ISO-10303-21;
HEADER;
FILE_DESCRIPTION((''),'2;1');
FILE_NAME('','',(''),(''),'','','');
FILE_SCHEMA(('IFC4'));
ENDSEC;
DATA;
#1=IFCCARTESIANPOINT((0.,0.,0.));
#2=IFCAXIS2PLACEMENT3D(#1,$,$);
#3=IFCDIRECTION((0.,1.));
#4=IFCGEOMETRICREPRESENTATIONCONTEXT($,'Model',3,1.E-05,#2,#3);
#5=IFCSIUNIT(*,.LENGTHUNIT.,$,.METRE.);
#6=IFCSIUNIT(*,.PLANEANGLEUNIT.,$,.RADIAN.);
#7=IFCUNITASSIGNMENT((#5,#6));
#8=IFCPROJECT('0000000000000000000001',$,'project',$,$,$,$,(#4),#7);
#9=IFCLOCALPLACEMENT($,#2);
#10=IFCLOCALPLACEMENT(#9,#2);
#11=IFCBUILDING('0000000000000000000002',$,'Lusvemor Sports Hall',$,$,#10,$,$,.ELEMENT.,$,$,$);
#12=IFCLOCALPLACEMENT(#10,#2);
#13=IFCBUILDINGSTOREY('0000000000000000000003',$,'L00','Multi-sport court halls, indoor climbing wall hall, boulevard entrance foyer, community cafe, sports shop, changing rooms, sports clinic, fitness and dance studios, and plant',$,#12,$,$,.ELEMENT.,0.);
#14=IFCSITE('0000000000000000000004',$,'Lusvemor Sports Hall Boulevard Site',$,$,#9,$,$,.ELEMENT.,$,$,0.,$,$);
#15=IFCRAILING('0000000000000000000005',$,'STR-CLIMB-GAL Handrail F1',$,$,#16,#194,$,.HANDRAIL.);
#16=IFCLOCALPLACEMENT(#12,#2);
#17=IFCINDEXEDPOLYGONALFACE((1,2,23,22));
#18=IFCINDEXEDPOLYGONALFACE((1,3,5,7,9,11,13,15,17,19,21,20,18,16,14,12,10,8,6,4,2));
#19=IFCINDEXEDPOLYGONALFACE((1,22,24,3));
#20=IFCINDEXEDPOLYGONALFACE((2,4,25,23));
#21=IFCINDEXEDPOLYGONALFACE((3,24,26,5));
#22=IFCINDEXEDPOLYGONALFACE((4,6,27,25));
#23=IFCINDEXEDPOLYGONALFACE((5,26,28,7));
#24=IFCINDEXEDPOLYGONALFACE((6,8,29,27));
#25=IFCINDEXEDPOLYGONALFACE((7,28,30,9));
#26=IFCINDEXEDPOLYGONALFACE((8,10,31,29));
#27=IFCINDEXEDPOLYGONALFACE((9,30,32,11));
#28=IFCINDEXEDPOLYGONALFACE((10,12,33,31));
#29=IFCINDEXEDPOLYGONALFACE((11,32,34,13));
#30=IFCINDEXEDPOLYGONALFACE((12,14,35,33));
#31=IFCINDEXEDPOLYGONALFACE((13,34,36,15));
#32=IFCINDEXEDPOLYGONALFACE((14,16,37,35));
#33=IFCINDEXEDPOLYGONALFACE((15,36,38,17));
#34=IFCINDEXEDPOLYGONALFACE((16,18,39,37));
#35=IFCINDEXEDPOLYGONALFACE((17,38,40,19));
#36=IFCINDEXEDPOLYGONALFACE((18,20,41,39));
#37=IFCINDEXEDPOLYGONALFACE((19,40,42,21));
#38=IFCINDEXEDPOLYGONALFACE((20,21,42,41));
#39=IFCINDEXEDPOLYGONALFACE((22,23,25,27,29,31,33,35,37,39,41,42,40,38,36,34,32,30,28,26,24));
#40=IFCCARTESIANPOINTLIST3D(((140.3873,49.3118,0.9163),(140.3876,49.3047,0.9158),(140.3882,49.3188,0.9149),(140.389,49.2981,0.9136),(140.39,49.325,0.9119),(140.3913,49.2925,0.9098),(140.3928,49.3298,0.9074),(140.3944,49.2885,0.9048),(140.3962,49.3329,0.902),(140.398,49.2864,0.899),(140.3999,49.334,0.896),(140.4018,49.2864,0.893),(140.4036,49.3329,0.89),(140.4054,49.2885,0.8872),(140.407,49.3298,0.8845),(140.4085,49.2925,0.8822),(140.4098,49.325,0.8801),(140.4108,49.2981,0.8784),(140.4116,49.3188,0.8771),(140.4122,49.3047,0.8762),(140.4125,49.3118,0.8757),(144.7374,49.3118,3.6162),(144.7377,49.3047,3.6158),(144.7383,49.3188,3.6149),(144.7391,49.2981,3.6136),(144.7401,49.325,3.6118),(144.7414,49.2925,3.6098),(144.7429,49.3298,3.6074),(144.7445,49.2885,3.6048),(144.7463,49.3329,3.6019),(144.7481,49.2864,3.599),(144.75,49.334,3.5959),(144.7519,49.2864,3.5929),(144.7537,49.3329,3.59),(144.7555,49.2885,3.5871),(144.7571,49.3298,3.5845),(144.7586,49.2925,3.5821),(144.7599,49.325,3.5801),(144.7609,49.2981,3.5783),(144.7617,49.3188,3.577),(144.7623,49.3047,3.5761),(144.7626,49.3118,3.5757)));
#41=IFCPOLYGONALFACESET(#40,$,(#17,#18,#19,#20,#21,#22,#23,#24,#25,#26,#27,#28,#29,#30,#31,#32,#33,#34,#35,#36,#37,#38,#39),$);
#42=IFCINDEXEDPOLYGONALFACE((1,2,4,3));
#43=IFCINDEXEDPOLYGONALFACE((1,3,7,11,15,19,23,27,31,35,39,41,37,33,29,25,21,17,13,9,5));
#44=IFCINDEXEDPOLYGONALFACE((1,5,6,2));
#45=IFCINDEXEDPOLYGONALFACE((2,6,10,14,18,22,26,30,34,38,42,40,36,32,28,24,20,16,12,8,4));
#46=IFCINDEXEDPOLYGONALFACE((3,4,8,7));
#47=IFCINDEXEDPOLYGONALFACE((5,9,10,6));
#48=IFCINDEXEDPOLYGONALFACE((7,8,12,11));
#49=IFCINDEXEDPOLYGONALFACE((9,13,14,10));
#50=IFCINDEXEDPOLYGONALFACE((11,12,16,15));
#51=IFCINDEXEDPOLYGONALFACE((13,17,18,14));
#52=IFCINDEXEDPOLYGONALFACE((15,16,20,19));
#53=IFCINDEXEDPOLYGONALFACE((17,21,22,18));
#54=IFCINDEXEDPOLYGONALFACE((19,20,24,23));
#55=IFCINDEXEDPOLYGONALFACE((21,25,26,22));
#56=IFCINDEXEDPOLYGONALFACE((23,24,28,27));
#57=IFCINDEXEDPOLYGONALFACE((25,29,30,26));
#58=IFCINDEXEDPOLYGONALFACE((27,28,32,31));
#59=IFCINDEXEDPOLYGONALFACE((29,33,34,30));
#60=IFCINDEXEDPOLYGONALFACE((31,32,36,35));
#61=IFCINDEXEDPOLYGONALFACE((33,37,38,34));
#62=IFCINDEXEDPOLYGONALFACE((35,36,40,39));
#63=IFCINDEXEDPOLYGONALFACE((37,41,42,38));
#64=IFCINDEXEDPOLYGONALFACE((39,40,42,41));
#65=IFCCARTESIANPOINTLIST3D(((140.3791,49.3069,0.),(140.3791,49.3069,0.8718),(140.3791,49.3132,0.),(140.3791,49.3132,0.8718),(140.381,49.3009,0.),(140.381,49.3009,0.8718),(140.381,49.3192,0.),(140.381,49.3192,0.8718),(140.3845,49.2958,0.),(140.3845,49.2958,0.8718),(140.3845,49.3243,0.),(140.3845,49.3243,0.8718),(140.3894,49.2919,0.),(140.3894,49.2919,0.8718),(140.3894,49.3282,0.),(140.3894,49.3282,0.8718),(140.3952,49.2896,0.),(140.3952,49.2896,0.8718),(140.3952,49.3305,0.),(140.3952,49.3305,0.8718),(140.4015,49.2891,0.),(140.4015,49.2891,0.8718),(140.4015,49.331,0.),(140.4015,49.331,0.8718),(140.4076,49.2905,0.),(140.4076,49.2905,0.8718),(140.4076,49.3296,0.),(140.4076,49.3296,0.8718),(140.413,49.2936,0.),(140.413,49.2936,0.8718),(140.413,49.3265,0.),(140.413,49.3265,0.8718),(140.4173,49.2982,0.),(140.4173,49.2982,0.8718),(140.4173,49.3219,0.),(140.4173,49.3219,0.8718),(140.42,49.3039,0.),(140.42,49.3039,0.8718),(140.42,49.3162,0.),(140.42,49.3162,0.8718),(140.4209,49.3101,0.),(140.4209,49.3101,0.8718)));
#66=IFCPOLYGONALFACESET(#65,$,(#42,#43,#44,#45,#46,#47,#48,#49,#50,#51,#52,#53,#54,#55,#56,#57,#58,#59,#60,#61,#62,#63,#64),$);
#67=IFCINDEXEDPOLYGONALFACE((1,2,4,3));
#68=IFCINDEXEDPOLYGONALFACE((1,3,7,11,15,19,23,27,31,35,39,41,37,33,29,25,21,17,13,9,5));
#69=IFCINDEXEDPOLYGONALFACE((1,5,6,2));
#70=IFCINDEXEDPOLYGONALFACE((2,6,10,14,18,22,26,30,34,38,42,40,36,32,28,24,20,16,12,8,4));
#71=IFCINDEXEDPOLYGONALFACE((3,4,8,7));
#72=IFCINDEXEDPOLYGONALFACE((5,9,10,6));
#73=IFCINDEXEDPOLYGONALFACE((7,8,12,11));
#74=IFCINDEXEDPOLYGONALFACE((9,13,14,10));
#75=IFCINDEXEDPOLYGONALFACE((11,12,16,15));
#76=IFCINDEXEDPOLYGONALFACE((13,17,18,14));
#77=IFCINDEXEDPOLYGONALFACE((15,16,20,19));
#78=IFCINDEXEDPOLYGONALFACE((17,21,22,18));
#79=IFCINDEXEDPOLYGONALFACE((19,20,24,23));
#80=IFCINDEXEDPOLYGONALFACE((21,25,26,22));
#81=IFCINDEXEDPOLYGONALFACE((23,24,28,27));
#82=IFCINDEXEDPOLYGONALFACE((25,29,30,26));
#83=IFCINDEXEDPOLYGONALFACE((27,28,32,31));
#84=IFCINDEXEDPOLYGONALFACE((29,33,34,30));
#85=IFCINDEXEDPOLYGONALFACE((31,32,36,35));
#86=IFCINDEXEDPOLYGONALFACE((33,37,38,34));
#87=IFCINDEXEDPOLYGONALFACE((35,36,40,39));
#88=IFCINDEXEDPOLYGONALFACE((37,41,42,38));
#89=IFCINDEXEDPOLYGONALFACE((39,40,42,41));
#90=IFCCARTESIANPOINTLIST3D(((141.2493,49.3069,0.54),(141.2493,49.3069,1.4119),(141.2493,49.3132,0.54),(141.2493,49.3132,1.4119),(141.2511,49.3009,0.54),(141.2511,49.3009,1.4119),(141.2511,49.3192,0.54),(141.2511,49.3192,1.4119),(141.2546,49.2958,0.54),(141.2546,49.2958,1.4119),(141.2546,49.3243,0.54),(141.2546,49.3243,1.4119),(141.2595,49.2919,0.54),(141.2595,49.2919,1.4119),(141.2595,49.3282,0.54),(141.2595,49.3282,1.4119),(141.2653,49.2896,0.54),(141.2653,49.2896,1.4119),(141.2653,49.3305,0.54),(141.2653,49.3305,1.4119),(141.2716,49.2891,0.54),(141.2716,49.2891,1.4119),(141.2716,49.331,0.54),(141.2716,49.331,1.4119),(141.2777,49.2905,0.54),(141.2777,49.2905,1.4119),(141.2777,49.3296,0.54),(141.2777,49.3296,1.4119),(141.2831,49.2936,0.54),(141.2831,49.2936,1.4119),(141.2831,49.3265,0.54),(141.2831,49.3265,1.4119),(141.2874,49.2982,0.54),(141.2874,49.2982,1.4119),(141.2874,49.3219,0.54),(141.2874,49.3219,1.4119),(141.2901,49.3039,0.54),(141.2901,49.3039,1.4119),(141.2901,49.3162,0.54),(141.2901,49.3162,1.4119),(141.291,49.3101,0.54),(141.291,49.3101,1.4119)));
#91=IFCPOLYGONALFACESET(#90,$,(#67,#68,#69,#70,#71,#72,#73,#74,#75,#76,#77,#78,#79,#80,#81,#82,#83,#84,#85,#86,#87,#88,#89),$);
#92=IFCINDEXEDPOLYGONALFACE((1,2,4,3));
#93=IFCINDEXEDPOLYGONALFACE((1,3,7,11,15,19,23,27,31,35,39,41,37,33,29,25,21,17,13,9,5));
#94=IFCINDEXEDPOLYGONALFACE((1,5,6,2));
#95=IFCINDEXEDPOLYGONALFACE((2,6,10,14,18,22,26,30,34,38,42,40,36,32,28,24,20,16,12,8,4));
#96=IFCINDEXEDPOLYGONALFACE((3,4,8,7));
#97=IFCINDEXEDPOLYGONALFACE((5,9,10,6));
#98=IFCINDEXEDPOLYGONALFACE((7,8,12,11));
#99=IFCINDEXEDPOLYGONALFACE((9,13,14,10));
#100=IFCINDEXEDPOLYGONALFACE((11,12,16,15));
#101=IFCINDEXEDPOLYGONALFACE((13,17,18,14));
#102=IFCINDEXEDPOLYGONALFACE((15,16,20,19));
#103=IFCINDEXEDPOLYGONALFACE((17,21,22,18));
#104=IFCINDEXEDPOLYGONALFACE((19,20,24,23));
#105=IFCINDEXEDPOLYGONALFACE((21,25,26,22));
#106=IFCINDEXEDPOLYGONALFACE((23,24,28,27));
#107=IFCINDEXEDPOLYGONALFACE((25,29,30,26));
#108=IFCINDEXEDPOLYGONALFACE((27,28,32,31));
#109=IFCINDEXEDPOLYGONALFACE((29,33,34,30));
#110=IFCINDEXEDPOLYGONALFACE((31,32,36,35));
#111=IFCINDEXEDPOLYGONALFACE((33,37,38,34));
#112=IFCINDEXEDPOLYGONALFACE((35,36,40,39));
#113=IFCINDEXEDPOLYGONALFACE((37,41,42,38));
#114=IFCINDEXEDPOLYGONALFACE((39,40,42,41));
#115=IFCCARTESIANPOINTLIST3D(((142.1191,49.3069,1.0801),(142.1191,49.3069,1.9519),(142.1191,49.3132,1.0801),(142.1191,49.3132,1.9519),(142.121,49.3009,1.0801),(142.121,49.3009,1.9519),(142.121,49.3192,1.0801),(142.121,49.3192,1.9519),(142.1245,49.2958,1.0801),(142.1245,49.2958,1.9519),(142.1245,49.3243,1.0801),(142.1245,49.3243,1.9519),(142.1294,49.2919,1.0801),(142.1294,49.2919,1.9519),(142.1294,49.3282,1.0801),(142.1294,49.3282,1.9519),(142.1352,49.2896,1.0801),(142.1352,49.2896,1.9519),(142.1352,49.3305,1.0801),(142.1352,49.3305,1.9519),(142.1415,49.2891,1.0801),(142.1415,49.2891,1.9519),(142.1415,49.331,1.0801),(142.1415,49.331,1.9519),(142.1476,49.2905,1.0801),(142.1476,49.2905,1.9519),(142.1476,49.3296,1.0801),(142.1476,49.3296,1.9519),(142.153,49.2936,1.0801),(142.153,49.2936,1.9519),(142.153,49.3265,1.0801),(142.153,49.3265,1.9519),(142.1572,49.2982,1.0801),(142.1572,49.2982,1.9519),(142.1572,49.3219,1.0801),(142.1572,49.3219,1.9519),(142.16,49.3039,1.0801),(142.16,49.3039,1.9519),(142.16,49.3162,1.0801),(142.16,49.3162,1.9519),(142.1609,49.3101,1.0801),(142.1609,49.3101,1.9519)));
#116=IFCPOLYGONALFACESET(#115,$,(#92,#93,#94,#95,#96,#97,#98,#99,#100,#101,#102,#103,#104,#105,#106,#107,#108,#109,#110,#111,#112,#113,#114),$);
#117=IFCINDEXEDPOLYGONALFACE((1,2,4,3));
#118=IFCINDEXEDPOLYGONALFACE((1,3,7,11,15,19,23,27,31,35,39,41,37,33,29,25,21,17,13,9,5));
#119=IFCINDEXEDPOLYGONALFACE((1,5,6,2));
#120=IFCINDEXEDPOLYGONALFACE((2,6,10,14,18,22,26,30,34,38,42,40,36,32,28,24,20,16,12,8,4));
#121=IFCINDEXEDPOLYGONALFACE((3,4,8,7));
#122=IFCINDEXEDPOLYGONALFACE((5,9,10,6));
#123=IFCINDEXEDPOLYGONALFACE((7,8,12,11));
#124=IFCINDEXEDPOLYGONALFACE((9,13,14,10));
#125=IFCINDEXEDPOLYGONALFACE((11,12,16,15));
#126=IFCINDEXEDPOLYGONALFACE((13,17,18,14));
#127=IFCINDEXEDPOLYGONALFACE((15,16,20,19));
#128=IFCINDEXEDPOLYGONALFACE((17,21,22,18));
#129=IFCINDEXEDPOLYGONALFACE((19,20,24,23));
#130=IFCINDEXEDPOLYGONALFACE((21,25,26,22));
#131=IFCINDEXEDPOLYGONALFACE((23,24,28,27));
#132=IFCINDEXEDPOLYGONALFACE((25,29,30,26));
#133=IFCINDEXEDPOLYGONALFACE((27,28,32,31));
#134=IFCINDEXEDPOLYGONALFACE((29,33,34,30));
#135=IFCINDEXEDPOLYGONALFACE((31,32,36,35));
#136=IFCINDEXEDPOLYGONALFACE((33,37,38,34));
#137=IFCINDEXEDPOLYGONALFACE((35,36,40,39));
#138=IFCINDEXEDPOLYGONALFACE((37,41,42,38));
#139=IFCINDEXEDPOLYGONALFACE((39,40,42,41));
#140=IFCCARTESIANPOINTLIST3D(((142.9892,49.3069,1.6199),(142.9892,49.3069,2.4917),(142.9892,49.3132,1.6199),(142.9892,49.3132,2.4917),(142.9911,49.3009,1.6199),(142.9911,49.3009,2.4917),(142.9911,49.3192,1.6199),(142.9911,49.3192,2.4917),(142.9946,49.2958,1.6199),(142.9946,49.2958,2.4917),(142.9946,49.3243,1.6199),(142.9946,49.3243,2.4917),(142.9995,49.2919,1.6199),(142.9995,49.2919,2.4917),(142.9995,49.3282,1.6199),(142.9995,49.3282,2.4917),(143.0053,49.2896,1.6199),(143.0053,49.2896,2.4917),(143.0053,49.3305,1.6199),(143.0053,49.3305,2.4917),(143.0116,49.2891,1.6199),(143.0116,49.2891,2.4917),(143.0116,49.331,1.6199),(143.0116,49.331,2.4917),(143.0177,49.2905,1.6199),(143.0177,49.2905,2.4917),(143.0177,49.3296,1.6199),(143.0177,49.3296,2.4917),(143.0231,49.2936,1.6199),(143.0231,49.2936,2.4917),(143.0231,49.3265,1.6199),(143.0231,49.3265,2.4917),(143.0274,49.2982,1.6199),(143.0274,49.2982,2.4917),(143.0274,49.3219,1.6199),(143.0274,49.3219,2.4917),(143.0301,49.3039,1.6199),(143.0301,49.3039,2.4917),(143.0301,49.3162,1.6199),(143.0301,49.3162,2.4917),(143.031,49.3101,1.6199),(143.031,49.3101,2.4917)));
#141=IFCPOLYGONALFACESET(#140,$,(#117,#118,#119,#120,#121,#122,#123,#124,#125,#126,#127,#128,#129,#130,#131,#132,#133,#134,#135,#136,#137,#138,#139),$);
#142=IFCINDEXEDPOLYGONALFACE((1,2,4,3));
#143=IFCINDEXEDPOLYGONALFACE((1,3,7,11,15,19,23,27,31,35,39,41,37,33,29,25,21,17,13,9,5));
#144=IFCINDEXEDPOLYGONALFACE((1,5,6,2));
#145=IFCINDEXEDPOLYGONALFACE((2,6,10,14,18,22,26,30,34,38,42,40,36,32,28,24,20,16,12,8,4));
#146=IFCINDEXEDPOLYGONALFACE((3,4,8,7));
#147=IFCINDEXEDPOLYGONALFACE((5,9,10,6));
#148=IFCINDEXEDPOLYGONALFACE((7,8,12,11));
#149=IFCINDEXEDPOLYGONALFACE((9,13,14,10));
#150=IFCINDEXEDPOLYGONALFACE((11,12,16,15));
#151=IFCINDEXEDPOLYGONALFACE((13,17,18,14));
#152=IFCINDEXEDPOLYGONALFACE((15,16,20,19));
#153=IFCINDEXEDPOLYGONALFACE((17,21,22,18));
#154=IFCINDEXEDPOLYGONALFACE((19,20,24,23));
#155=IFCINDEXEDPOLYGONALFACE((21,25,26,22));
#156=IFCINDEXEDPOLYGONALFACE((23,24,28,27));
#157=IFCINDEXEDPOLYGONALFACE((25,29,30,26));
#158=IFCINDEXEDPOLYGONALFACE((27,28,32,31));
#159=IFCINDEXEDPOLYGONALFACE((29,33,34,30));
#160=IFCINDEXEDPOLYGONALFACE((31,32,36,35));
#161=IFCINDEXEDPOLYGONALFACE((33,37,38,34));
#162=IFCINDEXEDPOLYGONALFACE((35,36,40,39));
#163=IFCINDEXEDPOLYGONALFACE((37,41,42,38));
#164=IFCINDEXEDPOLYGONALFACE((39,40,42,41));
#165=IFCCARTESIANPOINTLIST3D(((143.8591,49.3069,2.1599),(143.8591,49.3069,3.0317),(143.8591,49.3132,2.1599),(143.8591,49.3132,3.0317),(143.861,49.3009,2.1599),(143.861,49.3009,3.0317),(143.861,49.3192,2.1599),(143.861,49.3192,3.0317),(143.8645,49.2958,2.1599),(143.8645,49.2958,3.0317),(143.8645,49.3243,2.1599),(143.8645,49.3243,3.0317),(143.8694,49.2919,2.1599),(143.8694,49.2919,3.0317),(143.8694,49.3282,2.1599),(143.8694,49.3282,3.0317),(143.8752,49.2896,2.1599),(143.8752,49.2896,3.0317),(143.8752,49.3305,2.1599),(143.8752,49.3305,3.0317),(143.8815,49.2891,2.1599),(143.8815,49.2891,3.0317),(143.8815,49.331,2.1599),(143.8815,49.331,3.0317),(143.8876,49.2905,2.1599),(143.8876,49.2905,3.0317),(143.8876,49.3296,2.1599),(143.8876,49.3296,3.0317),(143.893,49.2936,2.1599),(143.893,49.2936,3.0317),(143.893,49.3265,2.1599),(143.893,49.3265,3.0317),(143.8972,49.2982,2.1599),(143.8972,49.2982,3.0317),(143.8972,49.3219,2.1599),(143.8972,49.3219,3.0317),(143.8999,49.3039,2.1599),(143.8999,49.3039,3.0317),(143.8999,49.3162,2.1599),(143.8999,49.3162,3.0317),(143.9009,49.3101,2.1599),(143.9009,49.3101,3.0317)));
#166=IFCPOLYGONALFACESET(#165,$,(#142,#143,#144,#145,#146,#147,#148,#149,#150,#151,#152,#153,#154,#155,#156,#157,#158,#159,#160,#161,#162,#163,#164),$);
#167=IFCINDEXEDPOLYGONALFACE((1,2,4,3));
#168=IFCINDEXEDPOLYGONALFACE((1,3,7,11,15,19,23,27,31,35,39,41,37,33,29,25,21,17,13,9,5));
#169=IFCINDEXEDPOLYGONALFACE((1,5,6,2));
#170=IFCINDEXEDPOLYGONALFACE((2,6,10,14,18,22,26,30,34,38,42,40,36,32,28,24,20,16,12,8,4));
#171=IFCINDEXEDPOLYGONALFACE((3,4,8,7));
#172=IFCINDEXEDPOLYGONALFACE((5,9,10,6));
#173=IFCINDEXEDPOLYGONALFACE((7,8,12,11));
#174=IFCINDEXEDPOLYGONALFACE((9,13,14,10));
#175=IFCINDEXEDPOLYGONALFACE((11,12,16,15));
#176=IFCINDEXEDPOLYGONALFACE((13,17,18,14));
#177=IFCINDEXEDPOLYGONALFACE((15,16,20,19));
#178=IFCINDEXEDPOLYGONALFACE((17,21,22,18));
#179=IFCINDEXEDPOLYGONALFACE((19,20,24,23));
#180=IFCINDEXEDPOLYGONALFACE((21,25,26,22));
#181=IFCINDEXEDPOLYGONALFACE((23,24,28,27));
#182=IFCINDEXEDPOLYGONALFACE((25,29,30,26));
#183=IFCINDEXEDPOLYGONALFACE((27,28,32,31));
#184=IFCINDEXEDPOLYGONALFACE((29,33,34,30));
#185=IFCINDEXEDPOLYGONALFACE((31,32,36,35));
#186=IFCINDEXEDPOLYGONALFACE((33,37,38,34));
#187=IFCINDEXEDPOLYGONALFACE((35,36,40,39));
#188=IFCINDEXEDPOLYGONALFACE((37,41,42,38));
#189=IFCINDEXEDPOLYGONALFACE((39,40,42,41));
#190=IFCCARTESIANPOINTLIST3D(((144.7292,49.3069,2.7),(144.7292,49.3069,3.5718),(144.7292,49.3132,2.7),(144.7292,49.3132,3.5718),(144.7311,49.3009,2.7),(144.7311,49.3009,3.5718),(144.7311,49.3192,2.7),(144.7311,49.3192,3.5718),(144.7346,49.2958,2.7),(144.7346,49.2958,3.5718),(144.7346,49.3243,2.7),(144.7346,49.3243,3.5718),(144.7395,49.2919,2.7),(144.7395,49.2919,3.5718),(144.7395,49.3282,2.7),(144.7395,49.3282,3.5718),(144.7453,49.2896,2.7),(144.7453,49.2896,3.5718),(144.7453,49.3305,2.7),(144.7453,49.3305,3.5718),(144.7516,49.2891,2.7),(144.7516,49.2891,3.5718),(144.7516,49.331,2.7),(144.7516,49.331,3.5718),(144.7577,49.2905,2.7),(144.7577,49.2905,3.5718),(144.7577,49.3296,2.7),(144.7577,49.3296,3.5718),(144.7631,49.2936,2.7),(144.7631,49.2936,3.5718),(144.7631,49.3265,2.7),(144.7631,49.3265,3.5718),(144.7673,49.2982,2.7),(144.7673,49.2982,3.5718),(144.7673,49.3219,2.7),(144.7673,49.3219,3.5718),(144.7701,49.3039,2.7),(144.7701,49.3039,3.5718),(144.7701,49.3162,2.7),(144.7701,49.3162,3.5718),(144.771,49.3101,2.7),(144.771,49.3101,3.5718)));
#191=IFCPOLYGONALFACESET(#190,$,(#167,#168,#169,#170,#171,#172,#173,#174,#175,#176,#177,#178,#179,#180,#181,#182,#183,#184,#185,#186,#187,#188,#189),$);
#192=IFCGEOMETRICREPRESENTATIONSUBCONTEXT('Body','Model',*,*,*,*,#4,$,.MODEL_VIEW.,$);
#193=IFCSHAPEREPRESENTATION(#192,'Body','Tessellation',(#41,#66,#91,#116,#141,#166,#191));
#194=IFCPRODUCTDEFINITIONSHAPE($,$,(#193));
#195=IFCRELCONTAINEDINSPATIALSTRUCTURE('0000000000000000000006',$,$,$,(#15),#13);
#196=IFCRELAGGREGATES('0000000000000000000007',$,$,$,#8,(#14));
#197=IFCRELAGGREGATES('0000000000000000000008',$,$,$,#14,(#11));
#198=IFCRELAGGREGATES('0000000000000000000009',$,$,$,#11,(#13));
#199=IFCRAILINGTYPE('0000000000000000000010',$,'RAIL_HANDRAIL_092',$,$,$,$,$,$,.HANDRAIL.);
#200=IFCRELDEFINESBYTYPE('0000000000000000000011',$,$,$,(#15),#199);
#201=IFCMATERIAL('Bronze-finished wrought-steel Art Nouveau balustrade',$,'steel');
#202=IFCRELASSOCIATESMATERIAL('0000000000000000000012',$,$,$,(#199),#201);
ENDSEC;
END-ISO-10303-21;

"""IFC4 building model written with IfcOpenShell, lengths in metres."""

from ifc_helpers import new_model, si_unit, direction, frame, origin, origin_2d, place, context, subcontext, project, spatial, circle, extrude, material, type_object, element, save


model = new_model("IFC4")

# Units and contexts
model_context = context("Model", 3, precision=1e-05, world=origin(), true_north=direction((0.0, 1.0)))
body_context = subcontext(model_context, "Body", "Model", "MODEL_VIEW")
ifc_project = project(units=[si_unit("LENGTHUNIT", "METRE"), si_unit("PLANEANGLEUNIT", "RADIAN")], contexts=[model_context])

# Site, building, storey
site_placement = place(None, origin())
site = spatial("IfcSite", under=ifc_project, at=site_placement, Name="Lusvemor Sports Hall Boulevard Site", CompositionType="ELEMENT", RefElevation=0.0)
building_placement = place(site_placement, origin())
building = spatial("IfcBuilding", under=site, at=building_placement, Name="Lusvemor Sports Hall", CompositionType="ELEMENT")
storey_placement = place(building_placement, origin())
storey = spatial("IfcBuildingStorey", under=building, at=storey_placement, Name="L00", Description="Multi-sport court halls, indoor climbing wall hall, boulevard entrance foyer, community cafe, sports shop, changing rooms, sports clinic, fitness and dance studios, and plant", CompositionType="ELEMENT", Elevation=0.0)

# Railing
ifc_material_1 = material(Name="Bronze-finished wrought-steel Art Nouveau balustrade", Category="steel")
railing_type_1 = type_object("IfcRailingType", Name="RAIL_HANDRAIL_092", PredefinedType="HANDRAIL", material=ifc_material_1)
railing_1_placement = place(storey_placement, frame((140.3999, 49.3101, 0.0)))
element("IfcRailing", 1, at=railing_1_placement, inside=storey, type_object=railing_type_1, Name="STR-CLIMB-GAL Handrail F1", PredefinedType="HANDRAIL", context=body_context, shape_type="SweptSolid", body=[
    extrude(circle(Radius=0.0239, at=origin_2d()), frame((0.0, 0.0, 0.896), z_axis=(0.84965, 0.0, 0.527347), x_axis=(0.0, 1.0, 0.0)), (0.0, 0.0, 1.0), 5.1199),
    extrude(circle(Radius=0.021, at=origin_2d()), origin(), (0.0, 0.0, 1.0), 0.8718),
    extrude(circle(Radius=0.021, at=origin_2d()), frame((0.8701, 0.0, 0.54)), (0.0, 0.0, 1.0), 0.8718),
    extrude(circle(Radius=0.021, at=origin_2d()), frame((1.74, 0.0, 1.0801)), (0.0, 0.0, 1.0), 0.8718),
    extrude(circle(Radius=0.021, at=origin_2d()), frame((2.6101, 0.0, 1.6199)), (0.0, 0.0, 1.0), 0.8718),
    extrude(circle(Radius=0.021, at=origin_2d()), frame((3.48, 0.0, 2.1599)), (0.0, 0.0, 1.0), 0.8718),
    extrude(circle(Radius=0.021, at=origin_2d()), frame((4.3501, 0.0, 2.7)), (0.0, 0.0, 1.0), 0.8718),
])

save(model, "model.ifc")
